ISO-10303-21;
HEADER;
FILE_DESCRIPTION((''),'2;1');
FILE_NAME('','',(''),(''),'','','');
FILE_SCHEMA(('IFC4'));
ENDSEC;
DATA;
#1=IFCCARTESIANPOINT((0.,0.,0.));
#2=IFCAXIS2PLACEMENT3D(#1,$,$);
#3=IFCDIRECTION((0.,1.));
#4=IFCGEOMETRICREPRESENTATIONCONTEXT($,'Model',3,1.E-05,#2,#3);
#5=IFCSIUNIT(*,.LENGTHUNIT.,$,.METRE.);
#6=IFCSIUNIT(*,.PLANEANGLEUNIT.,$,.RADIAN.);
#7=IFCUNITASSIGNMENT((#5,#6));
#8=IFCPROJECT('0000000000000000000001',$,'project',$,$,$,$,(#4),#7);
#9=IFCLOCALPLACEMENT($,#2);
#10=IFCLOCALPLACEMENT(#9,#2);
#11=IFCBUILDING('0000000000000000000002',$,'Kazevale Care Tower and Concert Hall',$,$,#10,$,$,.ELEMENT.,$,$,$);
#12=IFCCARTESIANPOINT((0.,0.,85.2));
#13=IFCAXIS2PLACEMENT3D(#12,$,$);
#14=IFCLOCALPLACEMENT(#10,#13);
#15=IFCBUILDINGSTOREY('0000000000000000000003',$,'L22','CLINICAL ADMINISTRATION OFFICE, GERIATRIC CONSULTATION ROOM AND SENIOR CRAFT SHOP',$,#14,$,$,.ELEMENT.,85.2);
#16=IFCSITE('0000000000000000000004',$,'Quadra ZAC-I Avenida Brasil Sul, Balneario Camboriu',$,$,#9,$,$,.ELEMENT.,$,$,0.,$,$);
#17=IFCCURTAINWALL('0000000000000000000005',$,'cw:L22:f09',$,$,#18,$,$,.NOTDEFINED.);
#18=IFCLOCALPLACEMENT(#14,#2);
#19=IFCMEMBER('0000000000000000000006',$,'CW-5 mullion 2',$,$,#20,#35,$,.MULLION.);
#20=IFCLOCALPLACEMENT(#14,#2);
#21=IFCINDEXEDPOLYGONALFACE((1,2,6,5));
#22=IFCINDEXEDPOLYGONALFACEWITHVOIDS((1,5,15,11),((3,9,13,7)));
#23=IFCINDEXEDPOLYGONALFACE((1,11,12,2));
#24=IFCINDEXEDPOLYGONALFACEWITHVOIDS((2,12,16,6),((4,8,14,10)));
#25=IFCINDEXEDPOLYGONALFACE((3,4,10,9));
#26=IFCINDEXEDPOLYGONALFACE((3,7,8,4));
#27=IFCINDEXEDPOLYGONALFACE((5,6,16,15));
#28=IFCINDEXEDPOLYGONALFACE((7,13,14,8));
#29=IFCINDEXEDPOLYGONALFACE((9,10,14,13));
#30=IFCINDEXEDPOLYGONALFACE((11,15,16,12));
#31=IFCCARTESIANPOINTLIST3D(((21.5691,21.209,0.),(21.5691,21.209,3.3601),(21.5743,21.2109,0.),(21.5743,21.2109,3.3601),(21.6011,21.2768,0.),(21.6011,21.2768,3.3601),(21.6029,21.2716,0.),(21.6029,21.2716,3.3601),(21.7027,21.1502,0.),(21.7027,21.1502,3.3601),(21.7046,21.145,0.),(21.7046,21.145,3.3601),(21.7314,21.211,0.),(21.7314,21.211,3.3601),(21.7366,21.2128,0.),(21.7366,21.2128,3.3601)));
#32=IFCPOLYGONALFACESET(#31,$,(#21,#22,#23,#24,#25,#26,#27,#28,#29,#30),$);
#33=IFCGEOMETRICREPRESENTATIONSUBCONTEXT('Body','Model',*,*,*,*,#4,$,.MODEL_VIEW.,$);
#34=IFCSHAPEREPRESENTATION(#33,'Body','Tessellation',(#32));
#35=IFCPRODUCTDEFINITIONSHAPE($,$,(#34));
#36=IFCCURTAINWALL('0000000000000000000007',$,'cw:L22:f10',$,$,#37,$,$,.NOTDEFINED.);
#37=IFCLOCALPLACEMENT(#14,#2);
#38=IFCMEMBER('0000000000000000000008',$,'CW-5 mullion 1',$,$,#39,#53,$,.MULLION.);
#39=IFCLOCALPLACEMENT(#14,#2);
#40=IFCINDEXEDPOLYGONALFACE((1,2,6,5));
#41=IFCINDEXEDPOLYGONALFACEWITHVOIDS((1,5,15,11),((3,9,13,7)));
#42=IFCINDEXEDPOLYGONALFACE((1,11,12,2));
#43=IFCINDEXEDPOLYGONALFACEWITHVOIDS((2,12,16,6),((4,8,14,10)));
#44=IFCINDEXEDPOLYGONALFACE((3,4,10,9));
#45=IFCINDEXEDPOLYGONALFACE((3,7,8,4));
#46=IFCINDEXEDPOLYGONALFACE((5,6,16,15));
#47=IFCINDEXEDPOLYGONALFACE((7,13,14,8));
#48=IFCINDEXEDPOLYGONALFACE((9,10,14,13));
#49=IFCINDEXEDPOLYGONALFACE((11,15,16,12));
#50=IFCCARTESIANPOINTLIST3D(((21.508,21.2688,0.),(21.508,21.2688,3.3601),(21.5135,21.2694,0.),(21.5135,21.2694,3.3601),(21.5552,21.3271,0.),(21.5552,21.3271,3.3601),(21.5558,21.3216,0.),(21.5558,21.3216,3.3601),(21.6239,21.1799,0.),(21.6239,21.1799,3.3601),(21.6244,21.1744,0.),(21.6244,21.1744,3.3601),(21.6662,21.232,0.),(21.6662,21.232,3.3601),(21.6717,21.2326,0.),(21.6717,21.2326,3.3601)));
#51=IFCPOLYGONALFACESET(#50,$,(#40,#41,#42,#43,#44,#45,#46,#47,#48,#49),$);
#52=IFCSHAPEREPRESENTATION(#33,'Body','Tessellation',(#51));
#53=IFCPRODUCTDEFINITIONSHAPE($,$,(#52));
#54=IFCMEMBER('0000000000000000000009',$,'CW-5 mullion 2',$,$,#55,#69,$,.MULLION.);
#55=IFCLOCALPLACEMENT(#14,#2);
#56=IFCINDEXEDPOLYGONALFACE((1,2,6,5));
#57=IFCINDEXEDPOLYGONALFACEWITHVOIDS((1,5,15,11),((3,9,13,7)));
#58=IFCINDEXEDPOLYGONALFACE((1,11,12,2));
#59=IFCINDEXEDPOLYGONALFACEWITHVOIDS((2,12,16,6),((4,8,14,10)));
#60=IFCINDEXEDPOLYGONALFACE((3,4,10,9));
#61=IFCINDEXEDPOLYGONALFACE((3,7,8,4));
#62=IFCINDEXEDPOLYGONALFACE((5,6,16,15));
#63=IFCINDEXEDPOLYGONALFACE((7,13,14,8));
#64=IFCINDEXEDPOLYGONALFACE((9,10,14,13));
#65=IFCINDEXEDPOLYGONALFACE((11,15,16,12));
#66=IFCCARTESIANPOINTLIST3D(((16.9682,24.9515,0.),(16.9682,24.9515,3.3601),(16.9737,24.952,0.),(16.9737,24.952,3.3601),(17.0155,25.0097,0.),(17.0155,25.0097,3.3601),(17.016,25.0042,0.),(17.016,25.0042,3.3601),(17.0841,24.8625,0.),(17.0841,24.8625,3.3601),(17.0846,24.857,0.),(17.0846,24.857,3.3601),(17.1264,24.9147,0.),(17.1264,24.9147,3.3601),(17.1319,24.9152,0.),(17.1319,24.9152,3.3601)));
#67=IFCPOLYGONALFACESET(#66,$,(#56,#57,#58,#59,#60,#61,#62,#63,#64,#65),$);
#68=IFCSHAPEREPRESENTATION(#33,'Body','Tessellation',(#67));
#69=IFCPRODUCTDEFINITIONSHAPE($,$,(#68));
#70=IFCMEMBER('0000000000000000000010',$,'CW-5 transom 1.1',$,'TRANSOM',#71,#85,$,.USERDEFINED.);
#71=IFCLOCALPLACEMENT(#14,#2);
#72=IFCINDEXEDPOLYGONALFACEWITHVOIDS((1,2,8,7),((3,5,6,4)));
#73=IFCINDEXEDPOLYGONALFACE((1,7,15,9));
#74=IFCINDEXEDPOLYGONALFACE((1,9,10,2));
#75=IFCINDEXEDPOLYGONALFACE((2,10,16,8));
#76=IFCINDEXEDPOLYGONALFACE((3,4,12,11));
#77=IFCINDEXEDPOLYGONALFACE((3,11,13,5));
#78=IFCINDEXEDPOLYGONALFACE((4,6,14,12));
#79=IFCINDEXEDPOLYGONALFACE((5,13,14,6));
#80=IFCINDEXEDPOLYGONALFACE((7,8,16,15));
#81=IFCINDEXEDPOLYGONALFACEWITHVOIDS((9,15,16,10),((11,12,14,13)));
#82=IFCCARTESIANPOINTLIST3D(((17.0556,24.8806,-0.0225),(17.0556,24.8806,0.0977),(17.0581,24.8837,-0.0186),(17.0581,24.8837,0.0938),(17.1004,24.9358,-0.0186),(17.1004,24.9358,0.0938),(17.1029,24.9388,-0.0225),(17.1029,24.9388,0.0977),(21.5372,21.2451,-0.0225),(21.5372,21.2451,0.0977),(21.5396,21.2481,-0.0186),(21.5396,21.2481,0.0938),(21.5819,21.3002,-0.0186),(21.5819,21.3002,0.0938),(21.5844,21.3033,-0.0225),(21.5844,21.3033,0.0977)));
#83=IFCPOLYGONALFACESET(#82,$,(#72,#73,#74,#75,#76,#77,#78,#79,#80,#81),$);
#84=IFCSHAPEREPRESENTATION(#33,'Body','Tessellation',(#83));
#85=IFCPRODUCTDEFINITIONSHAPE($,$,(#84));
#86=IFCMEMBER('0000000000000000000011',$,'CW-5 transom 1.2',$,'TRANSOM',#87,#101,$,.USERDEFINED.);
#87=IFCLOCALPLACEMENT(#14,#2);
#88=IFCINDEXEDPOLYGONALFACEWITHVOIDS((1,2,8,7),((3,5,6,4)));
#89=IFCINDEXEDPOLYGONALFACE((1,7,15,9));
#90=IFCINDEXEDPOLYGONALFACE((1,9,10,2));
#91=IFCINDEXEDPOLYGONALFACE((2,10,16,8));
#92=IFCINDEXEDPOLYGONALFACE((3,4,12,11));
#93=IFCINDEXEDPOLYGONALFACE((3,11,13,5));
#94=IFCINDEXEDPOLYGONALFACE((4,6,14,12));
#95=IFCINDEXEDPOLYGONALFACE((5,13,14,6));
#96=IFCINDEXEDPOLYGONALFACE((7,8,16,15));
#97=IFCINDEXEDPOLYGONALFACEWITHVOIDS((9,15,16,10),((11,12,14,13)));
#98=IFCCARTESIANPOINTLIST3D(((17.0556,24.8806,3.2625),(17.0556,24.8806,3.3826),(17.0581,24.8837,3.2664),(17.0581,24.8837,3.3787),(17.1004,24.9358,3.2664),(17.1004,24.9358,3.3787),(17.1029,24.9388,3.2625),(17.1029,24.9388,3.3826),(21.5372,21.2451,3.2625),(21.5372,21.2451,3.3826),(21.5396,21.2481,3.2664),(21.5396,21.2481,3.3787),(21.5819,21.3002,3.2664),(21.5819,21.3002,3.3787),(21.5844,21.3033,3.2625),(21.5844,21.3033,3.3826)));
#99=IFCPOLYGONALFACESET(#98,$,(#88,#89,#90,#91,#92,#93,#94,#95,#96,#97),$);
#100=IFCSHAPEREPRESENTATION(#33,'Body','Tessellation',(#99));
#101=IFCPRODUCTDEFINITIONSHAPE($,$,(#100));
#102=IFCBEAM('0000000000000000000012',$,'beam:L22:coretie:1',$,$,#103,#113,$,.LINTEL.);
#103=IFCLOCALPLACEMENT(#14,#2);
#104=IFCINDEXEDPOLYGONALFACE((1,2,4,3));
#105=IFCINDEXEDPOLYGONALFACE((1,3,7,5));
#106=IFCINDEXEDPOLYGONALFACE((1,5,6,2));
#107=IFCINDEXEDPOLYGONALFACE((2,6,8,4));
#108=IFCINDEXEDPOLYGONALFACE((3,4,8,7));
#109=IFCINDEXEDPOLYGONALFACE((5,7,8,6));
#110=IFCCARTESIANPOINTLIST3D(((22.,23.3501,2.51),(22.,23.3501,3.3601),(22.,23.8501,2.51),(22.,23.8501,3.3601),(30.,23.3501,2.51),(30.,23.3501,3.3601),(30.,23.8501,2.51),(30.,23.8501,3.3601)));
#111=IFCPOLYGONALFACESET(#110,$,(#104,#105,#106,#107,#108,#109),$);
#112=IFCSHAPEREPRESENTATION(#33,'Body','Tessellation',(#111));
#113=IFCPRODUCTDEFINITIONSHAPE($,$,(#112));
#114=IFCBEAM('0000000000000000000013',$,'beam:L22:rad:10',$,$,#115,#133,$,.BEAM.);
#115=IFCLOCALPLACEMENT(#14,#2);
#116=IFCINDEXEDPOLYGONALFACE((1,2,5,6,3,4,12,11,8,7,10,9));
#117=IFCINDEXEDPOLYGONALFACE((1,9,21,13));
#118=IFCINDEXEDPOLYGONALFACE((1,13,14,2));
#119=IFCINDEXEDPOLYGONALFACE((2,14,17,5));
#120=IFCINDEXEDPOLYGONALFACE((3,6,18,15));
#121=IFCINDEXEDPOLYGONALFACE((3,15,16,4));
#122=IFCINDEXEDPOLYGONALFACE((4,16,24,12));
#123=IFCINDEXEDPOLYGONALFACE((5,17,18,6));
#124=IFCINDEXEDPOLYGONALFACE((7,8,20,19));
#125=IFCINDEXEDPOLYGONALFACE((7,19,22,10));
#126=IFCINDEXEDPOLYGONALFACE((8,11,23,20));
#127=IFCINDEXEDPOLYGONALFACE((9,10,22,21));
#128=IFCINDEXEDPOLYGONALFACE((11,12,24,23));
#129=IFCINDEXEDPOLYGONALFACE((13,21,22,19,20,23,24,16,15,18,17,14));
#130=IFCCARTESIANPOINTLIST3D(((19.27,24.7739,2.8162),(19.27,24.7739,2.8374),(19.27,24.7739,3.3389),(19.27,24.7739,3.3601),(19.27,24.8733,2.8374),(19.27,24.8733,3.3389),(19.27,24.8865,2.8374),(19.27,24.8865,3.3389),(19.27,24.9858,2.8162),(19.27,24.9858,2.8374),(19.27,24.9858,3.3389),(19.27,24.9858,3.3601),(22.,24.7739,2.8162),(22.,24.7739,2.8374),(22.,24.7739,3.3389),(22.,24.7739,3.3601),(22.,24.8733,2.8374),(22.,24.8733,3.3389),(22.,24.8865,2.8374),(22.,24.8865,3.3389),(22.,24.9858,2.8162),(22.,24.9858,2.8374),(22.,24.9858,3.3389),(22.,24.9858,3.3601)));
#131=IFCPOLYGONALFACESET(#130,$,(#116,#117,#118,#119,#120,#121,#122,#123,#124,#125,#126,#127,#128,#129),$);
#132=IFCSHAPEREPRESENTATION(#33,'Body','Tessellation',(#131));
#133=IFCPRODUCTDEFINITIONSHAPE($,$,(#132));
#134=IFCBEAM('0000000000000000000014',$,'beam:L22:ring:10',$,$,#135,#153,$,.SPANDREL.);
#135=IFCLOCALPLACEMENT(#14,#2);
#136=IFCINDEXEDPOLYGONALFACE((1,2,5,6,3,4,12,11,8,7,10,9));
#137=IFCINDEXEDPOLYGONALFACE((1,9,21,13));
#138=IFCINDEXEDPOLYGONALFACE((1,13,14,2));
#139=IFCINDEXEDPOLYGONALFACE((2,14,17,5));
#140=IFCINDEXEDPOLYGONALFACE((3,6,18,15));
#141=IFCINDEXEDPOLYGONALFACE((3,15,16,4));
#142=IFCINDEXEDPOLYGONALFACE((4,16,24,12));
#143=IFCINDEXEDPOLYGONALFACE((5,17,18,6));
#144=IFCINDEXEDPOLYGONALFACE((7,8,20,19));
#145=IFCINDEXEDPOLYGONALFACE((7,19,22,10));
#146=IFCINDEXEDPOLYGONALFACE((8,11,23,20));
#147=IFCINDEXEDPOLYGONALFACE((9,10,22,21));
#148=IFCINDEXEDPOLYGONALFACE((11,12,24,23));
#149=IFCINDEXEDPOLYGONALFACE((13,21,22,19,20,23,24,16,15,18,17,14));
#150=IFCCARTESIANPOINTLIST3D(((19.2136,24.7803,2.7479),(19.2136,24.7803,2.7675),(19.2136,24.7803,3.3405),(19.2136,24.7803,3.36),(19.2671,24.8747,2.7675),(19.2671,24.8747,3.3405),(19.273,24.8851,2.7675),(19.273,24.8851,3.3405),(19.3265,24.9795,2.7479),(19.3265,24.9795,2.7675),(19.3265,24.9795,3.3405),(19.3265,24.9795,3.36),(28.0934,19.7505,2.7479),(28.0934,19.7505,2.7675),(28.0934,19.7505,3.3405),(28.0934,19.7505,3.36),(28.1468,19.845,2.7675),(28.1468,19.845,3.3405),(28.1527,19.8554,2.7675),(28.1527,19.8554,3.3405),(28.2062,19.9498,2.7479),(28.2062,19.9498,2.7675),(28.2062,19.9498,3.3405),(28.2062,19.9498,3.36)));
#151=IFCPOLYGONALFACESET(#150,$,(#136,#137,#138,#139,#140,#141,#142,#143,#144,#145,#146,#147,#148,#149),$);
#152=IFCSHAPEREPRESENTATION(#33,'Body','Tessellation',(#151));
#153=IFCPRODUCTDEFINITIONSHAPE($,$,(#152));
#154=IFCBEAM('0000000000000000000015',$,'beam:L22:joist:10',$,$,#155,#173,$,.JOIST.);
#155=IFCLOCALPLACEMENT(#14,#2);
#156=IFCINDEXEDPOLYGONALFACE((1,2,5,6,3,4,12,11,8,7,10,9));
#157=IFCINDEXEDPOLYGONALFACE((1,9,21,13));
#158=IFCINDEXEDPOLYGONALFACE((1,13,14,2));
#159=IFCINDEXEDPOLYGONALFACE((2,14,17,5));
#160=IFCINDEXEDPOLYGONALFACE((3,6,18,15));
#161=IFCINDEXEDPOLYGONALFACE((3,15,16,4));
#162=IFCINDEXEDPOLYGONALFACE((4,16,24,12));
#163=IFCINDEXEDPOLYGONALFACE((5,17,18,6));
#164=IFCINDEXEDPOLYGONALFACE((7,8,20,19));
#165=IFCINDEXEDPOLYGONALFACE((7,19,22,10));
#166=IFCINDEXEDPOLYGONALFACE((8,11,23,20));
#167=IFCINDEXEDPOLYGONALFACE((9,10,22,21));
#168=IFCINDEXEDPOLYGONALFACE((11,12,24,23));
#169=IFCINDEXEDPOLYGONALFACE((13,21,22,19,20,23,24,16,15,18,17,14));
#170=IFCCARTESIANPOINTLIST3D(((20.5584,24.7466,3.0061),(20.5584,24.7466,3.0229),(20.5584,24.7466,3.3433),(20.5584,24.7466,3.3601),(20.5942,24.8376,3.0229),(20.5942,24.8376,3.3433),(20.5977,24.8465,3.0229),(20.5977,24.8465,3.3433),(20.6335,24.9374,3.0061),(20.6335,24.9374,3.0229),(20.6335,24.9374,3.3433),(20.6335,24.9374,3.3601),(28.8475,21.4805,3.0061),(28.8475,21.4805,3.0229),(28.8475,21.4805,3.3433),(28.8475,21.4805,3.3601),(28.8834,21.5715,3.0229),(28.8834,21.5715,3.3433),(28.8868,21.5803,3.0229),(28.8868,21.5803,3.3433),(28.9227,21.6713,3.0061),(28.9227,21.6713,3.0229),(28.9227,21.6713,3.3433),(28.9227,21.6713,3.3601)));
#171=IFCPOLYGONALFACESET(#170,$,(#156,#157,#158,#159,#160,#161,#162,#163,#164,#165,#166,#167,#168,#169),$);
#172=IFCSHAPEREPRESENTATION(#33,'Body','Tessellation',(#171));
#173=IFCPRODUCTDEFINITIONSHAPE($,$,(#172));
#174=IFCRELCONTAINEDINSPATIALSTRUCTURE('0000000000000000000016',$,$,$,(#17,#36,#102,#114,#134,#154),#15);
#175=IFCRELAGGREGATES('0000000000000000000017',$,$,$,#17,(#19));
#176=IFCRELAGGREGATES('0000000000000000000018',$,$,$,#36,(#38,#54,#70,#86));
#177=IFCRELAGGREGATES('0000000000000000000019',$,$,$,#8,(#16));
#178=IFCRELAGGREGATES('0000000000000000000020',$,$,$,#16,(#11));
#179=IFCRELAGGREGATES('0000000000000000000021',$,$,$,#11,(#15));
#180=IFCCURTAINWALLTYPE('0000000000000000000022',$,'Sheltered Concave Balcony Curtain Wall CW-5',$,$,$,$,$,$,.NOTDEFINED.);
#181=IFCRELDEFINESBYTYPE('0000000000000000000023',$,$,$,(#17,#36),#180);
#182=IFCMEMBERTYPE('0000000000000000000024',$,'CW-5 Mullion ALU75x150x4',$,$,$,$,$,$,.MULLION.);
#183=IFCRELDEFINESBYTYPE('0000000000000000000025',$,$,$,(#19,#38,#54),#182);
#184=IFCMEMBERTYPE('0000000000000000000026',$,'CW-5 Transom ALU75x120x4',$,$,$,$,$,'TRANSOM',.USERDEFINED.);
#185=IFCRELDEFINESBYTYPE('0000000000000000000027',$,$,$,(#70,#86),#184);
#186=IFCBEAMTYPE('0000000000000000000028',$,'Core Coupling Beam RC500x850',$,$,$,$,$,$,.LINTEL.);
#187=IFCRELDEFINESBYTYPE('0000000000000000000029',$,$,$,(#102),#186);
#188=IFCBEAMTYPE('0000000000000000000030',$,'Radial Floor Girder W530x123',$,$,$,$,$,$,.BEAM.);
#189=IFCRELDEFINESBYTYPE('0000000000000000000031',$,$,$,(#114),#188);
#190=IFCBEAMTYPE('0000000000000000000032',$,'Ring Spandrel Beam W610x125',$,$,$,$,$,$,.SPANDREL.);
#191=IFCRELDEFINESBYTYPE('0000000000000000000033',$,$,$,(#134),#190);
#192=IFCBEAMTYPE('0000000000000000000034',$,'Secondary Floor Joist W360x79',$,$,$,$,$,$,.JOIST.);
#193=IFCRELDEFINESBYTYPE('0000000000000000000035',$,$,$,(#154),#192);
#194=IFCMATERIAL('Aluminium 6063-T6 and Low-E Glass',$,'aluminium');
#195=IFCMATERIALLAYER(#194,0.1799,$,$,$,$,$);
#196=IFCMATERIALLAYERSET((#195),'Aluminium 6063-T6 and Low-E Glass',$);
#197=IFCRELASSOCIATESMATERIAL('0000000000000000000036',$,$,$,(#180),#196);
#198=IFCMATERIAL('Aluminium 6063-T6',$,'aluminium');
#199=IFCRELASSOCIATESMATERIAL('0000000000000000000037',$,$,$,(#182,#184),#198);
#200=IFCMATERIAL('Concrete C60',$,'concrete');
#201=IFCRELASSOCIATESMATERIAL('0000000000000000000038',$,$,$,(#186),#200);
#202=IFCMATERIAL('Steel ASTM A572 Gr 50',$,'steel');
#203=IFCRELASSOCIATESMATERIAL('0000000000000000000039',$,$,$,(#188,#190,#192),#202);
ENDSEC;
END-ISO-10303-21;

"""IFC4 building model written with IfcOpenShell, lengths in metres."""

from ifc_helpers import new_model, si_unit, direction, frame, origin, origin_2d, place, context, subcontext, project, spatial, rectangle, hollow_rectangle, i_section, extrude, material, layer, layer_set, material_profile, profile_set, type_object, element, aggregate, save


model = new_model("IFC4")

# Units and contexts
model_context = context("Model", 3, precision=1e-05, world=origin(), true_north=direction((0.0, 1.0)))
body_context = subcontext(model_context, "Body", "Model", "MODEL_VIEW")
ifc_project = project(units=[si_unit("LENGTHUNIT", "METRE"), si_unit("PLANEANGLEUNIT", "RADIAN")], contexts=[model_context])

# Site, building, storey
site_placement = place(None, origin())
site = spatial("IfcSite", under=ifc_project, at=site_placement, Name="Quadra ZAC-I Avenida Brasil Sul, Balneario Camboriu", CompositionType="ELEMENT", RefElevation=0.0)
building_placement = place(site_placement, origin())
building = spatial("IfcBuilding", under=site, at=building_placement, Name="Kazevale Care Tower and Concert Hall", CompositionType="ELEMENT")
storey_placement = place(building_placement, frame((0.0, 0.0, 85.2)))
storey = spatial("IfcBuildingStorey", under=building, at=storey_placement, Name="L22", Description="CLINICAL ADMINISTRATION OFFICE, GERIATRIC CONSULTATION ROOM AND SENIOR CRAFT SHOP", CompositionType="ELEMENT", Elevation=85.2)

# Shared definitions
ifc_material_1 = material(Name="Aluminium 6063-T6 and Low-E Glass", Category="aluminium")
ifc_material_2 = material(Name="Aluminium 6063-T6", Category="aluminium")

# Curtain wall, member
ifc_layer_1 = layer(ifc_material_1, 0.1799)
ifc_layer_set_1 = layer_set([ifc_layer_1], Name="Aluminium 6063-T6 and Low-E Glass")
curtain_wall_type_1 = type_object("IfcCurtainWallType", Name="Sheltered Concave Balcony Curtain Wall CW-5", PredefinedType="NOTDEFINED", material=ifc_layer_set_1)
curtain_wall_1_placement = place(storey_placement, origin())
curtain_wall_1 = element("IfcCurtainWall", 1, at=curtain_wall_1_placement, inside=storey, type_object=curtain_wall_type_1, Name="cw:L22:f09", PredefinedType="NOTDEFINED")
ifc_material_profile_1 = material_profile(ifc_material_2, hollow_rectangle(XDim=0.075, YDim=0.1499, WallThickness=0.0039, at=origin_2d()), Name="ALU75x150x4")
ifc_profile_set_1 = profile_set([ifc_material_profile_1], Name="Aluminium 6063-T6")
member_type_1 = type_object("IfcMemberType", Name="CW-5 Mullion ALU75x150x4", PredefinedType="MULLION", material=ifc_profile_set_1)
member_1_placement = place(storey_placement, frame((21.6528, 21.2109, 0.0), z_axis=(0.0, 0.0, 1.0), x_axis=(-0.426942, -0.904279, 0.0)))
member_1 = element("IfcMember", 2, at=member_1_placement, type_object=member_type_1, Name="CW-5 mullion 2", PredefinedType="MULLION", context=body_context, shape_type="SweptSolid", body=[
    extrude(hollow_rectangle(XDim=0.075, YDim=0.1499, WallThickness=0.0039, at=origin_2d()), origin(), (0.0, 0.0, 1.0), 3.3601),
])
aggregate(curtain_wall_1, [member_1])

# Curtain wall, members
curtain_wall_2_placement = place(storey_placement, origin())
curtain_wall_2 = element("IfcCurtainWall", 3, at=curtain_wall_2_placement, inside=storey, type_object=curtain_wall_type_1, Name="cw:L22:f10", PredefinedType="NOTDEFINED")
member_2_placement = place(storey_placement, frame((21.5898, 21.2507, 0.0), z_axis=(0.0, 0.0, 1.0), x_axis=(-0.629995, -0.776599, 0.0)))
member_2 = element("IfcMember", 4, at=member_2_placement, type_object=member_type_1, Name="CW-5 mullion 1", PredefinedType="MULLION", context=body_context, shape_type="SweptSolid", body=[
    extrude(hollow_rectangle(XDim=0.075, YDim=0.1499, WallThickness=0.0039, at=origin_2d()), origin(), (0.0, 0.0, 1.0), 3.3601),
])
member_3_placement = place(storey_placement, frame((17.05, 24.9333, 0.0), z_axis=(0.0, 0.0, 1.0), x_axis=(-0.629995, -0.776599, 0.0)))
member_3 = element("IfcMember", 5, at=member_3_placement, type_object=member_type_1, Name="CW-5 mullion 2", PredefinedType="MULLION", context=body_context, shape_type="SweptSolid", body=[
    extrude(hollow_rectangle(XDim=0.075, YDim=0.1499, WallThickness=0.0039, at=origin_2d()), origin(), (0.0, 0.0, 1.0), 3.3601),
])
ifc_material_profile_2 = material_profile(ifc_material_2, hollow_rectangle(XDim=0.075, YDim=0.1201, WallThickness=0.0039, at=origin_2d()), Name="ALU75x120x4")
ifc_profile_set_2 = profile_set([ifc_material_profile_2], Name="Aluminium 6063-T6")
member_type_2 = type_object("IfcMemberType", Name="CW-5 Transom ALU75x120x4", ElementType="TRANSOM", PredefinedType="USERDEFINED", material=ifc_profile_set_2)
member_4_placement = place(storey_placement, frame((21.5608, 21.2742, 0.0376), z_axis=(-0.776595, 0.63, 0.0), x_axis=(-0.63, -0.776595, 0.0)))
member_4 = element("IfcMember", 6, at=member_4_placement, type_object=member_type_2, Name="CW-5 transom 1.1", ObjectType="TRANSOM", PredefinedType="USERDEFINED", context=body_context, shape_type="SweptSolid", body=[
    extrude(hollow_rectangle(XDim=0.075, YDim=0.1201, WallThickness=0.0039, at=origin_2d()), origin(), (0.0, 0.0, 1.0), 5.7708),
])
member_5_placement = place(storey_placement, frame((21.5608, 21.2742, 3.3225), z_axis=(-0.776595, 0.63, 0.0), x_axis=(-0.63, -0.776595, 0.0)))
member_5 = element("IfcMember", 7, at=member_5_placement, type_object=member_type_2, Name="CW-5 transom 1.2", ObjectType="TRANSOM", PredefinedType="USERDEFINED", context=body_context, shape_type="SweptSolid", body=[
    extrude(hollow_rectangle(XDim=0.075, YDim=0.1201, WallThickness=0.0039, at=origin_2d()), origin(), (0.0, 0.0, 1.0), 5.7708),
])

# Beams
ifc_material_3 = material(Name="Concrete C60", Category="concrete")
ifc_material_profile_3 = material_profile(ifc_material_3, rectangle(XDim=0.5, YDim=0.8501, at=origin_2d()), Name="RC-B500x850")
ifc_profile_set_3 = profile_set([ifc_material_profile_3], Name="Concrete C60")
beam_type_1 = type_object("IfcBeamType", Name="Core Coupling Beam RC500x850", PredefinedType="LINTEL", material=ifc_profile_set_3)
beam_1_placement = place(storey_placement, frame((22.0, 23.6001, 2.9351), z_axis=(1.0, 0.0, 0.0), x_axis=(0.0, 1.0, 0.0)))
element("IfcBeam", 8, at=beam_1_placement, inside=storey, type_object=beam_type_1, Name="beam:L22:coretie:1", PredefinedType="LINTEL", context=body_context, shape_type="SweptSolid", body=[
    extrude(rectangle(XDim=0.5, YDim=0.8501, at=origin_2d()), origin(), (0.0, 0.0, 1.0), 8.0),
])
ifc_material_4 = material(Name="Steel ASTM A572 Gr 50", Category="steel")
ifc_material_profile_4 = material_profile(ifc_material_4, i_section(OverallWidth=0.2119, OverallDepth=0.5439, WebThickness=0.0132, FlangeThickness=0.0212, at=origin_2d()), Name="W530x123")
ifc_profile_set_4 = profile_set([ifc_material_profile_4], Name="Steel ASTM A572 Gr 50")
beam_type_2 = type_object("IfcBeamType", Name="Radial Floor Girder W530x123", PredefinedType="BEAM", material=ifc_profile_set_4)
beam_2_placement = place(storey_placement, frame((22.0, 24.8799, 3.0881), z_axis=(-1.0, 0.0, 0.0), x_axis=(0.0, -1.0, 0.0)))
element("IfcBeam", 9, at=beam_2_placement, inside=storey, type_object=beam_type_2, Name="beam:L22:rad:10", PredefinedType="BEAM", context=body_context, shape_type="SweptSolid", body=[
    extrude(i_section(OverallWidth=0.2119, OverallDepth=0.5439, WebThickness=0.0132, FlangeThickness=0.0212, at=origin_2d()), origin(), (0.0, 0.0, 1.0), 2.73),
])
ifc_material_profile_5 = material_profile(ifc_material_4, i_section(OverallWidth=0.229, OverallDepth=0.6121, WebThickness=0.012, FlangeThickness=0.0195, at=origin_2d()), Name="W610x125")
ifc_profile_set_5 = profile_set([ifc_material_profile_5], Name="Steel ASTM A572 Gr 50")
beam_type_3 = type_object("IfcBeamType", Name="Ring Spandrel Beam W610x125", PredefinedType="SPANDREL", material=ifc_profile_set_5)
beam_3_placement = place(storey_placement, frame((19.27, 24.8799, 3.054), z_axis=(0.870112, -0.492853, 0.0), x_axis=(0.492853, 0.870112, 0.0)))
element("IfcBeam", 10, at=beam_3_placement, inside=storey, type_object=beam_type_3, Name="beam:L22:ring:10", PredefinedType="SPANDREL", context=body_context, shape_type="SweptSolid", body=[
    extrude(i_section(OverallWidth=0.229, OverallDepth=0.6121, WebThickness=0.012, FlangeThickness=0.0195, at=origin_2d()), origin(), (0.0, 0.0, 1.0), 10.2053),
])
ifc_material_profile_6 = material_profile(ifc_material_4, i_section(OverallWidth=0.2051, OverallDepth=0.354, WebThickness=0.0095, FlangeThickness=0.0168, at=origin_2d()), Name="W360x79")
ifc_profile_set_6 = profile_set([ifc_material_profile_6], Name="Steel ASTM A572 Gr 50")
beam_type_4 = type_object("IfcBeamType", Name="Secondary Floor Joist W360x79", PredefinedType="JOIST", material=ifc_profile_set_6)
beam_4_placement = place(storey_placement, frame((20.5959, 24.842, 3.1831), z_axis=(0.930381, -0.366595, 0.0), x_axis=(0.366595, 0.930381, 0.0)))
element("IfcBeam", 11, at=beam_4_placement, inside=storey, type_object=beam_type_4, Name="beam:L22:joist:10", PredefinedType="JOIST", context=body_context, shape_type="SweptSolid", body=[
    extrude(i_section(OverallWidth=0.2051, OverallDepth=0.354, WebThickness=0.0095, FlangeThickness=0.0168, at=origin_2d()), origin(), (0.0, 0.0, 1.0), 8.9094),
])

aggregate(curtain_wall_2, [member_2, member_3, member_4, member_5])

save(model, "model.ifc")
